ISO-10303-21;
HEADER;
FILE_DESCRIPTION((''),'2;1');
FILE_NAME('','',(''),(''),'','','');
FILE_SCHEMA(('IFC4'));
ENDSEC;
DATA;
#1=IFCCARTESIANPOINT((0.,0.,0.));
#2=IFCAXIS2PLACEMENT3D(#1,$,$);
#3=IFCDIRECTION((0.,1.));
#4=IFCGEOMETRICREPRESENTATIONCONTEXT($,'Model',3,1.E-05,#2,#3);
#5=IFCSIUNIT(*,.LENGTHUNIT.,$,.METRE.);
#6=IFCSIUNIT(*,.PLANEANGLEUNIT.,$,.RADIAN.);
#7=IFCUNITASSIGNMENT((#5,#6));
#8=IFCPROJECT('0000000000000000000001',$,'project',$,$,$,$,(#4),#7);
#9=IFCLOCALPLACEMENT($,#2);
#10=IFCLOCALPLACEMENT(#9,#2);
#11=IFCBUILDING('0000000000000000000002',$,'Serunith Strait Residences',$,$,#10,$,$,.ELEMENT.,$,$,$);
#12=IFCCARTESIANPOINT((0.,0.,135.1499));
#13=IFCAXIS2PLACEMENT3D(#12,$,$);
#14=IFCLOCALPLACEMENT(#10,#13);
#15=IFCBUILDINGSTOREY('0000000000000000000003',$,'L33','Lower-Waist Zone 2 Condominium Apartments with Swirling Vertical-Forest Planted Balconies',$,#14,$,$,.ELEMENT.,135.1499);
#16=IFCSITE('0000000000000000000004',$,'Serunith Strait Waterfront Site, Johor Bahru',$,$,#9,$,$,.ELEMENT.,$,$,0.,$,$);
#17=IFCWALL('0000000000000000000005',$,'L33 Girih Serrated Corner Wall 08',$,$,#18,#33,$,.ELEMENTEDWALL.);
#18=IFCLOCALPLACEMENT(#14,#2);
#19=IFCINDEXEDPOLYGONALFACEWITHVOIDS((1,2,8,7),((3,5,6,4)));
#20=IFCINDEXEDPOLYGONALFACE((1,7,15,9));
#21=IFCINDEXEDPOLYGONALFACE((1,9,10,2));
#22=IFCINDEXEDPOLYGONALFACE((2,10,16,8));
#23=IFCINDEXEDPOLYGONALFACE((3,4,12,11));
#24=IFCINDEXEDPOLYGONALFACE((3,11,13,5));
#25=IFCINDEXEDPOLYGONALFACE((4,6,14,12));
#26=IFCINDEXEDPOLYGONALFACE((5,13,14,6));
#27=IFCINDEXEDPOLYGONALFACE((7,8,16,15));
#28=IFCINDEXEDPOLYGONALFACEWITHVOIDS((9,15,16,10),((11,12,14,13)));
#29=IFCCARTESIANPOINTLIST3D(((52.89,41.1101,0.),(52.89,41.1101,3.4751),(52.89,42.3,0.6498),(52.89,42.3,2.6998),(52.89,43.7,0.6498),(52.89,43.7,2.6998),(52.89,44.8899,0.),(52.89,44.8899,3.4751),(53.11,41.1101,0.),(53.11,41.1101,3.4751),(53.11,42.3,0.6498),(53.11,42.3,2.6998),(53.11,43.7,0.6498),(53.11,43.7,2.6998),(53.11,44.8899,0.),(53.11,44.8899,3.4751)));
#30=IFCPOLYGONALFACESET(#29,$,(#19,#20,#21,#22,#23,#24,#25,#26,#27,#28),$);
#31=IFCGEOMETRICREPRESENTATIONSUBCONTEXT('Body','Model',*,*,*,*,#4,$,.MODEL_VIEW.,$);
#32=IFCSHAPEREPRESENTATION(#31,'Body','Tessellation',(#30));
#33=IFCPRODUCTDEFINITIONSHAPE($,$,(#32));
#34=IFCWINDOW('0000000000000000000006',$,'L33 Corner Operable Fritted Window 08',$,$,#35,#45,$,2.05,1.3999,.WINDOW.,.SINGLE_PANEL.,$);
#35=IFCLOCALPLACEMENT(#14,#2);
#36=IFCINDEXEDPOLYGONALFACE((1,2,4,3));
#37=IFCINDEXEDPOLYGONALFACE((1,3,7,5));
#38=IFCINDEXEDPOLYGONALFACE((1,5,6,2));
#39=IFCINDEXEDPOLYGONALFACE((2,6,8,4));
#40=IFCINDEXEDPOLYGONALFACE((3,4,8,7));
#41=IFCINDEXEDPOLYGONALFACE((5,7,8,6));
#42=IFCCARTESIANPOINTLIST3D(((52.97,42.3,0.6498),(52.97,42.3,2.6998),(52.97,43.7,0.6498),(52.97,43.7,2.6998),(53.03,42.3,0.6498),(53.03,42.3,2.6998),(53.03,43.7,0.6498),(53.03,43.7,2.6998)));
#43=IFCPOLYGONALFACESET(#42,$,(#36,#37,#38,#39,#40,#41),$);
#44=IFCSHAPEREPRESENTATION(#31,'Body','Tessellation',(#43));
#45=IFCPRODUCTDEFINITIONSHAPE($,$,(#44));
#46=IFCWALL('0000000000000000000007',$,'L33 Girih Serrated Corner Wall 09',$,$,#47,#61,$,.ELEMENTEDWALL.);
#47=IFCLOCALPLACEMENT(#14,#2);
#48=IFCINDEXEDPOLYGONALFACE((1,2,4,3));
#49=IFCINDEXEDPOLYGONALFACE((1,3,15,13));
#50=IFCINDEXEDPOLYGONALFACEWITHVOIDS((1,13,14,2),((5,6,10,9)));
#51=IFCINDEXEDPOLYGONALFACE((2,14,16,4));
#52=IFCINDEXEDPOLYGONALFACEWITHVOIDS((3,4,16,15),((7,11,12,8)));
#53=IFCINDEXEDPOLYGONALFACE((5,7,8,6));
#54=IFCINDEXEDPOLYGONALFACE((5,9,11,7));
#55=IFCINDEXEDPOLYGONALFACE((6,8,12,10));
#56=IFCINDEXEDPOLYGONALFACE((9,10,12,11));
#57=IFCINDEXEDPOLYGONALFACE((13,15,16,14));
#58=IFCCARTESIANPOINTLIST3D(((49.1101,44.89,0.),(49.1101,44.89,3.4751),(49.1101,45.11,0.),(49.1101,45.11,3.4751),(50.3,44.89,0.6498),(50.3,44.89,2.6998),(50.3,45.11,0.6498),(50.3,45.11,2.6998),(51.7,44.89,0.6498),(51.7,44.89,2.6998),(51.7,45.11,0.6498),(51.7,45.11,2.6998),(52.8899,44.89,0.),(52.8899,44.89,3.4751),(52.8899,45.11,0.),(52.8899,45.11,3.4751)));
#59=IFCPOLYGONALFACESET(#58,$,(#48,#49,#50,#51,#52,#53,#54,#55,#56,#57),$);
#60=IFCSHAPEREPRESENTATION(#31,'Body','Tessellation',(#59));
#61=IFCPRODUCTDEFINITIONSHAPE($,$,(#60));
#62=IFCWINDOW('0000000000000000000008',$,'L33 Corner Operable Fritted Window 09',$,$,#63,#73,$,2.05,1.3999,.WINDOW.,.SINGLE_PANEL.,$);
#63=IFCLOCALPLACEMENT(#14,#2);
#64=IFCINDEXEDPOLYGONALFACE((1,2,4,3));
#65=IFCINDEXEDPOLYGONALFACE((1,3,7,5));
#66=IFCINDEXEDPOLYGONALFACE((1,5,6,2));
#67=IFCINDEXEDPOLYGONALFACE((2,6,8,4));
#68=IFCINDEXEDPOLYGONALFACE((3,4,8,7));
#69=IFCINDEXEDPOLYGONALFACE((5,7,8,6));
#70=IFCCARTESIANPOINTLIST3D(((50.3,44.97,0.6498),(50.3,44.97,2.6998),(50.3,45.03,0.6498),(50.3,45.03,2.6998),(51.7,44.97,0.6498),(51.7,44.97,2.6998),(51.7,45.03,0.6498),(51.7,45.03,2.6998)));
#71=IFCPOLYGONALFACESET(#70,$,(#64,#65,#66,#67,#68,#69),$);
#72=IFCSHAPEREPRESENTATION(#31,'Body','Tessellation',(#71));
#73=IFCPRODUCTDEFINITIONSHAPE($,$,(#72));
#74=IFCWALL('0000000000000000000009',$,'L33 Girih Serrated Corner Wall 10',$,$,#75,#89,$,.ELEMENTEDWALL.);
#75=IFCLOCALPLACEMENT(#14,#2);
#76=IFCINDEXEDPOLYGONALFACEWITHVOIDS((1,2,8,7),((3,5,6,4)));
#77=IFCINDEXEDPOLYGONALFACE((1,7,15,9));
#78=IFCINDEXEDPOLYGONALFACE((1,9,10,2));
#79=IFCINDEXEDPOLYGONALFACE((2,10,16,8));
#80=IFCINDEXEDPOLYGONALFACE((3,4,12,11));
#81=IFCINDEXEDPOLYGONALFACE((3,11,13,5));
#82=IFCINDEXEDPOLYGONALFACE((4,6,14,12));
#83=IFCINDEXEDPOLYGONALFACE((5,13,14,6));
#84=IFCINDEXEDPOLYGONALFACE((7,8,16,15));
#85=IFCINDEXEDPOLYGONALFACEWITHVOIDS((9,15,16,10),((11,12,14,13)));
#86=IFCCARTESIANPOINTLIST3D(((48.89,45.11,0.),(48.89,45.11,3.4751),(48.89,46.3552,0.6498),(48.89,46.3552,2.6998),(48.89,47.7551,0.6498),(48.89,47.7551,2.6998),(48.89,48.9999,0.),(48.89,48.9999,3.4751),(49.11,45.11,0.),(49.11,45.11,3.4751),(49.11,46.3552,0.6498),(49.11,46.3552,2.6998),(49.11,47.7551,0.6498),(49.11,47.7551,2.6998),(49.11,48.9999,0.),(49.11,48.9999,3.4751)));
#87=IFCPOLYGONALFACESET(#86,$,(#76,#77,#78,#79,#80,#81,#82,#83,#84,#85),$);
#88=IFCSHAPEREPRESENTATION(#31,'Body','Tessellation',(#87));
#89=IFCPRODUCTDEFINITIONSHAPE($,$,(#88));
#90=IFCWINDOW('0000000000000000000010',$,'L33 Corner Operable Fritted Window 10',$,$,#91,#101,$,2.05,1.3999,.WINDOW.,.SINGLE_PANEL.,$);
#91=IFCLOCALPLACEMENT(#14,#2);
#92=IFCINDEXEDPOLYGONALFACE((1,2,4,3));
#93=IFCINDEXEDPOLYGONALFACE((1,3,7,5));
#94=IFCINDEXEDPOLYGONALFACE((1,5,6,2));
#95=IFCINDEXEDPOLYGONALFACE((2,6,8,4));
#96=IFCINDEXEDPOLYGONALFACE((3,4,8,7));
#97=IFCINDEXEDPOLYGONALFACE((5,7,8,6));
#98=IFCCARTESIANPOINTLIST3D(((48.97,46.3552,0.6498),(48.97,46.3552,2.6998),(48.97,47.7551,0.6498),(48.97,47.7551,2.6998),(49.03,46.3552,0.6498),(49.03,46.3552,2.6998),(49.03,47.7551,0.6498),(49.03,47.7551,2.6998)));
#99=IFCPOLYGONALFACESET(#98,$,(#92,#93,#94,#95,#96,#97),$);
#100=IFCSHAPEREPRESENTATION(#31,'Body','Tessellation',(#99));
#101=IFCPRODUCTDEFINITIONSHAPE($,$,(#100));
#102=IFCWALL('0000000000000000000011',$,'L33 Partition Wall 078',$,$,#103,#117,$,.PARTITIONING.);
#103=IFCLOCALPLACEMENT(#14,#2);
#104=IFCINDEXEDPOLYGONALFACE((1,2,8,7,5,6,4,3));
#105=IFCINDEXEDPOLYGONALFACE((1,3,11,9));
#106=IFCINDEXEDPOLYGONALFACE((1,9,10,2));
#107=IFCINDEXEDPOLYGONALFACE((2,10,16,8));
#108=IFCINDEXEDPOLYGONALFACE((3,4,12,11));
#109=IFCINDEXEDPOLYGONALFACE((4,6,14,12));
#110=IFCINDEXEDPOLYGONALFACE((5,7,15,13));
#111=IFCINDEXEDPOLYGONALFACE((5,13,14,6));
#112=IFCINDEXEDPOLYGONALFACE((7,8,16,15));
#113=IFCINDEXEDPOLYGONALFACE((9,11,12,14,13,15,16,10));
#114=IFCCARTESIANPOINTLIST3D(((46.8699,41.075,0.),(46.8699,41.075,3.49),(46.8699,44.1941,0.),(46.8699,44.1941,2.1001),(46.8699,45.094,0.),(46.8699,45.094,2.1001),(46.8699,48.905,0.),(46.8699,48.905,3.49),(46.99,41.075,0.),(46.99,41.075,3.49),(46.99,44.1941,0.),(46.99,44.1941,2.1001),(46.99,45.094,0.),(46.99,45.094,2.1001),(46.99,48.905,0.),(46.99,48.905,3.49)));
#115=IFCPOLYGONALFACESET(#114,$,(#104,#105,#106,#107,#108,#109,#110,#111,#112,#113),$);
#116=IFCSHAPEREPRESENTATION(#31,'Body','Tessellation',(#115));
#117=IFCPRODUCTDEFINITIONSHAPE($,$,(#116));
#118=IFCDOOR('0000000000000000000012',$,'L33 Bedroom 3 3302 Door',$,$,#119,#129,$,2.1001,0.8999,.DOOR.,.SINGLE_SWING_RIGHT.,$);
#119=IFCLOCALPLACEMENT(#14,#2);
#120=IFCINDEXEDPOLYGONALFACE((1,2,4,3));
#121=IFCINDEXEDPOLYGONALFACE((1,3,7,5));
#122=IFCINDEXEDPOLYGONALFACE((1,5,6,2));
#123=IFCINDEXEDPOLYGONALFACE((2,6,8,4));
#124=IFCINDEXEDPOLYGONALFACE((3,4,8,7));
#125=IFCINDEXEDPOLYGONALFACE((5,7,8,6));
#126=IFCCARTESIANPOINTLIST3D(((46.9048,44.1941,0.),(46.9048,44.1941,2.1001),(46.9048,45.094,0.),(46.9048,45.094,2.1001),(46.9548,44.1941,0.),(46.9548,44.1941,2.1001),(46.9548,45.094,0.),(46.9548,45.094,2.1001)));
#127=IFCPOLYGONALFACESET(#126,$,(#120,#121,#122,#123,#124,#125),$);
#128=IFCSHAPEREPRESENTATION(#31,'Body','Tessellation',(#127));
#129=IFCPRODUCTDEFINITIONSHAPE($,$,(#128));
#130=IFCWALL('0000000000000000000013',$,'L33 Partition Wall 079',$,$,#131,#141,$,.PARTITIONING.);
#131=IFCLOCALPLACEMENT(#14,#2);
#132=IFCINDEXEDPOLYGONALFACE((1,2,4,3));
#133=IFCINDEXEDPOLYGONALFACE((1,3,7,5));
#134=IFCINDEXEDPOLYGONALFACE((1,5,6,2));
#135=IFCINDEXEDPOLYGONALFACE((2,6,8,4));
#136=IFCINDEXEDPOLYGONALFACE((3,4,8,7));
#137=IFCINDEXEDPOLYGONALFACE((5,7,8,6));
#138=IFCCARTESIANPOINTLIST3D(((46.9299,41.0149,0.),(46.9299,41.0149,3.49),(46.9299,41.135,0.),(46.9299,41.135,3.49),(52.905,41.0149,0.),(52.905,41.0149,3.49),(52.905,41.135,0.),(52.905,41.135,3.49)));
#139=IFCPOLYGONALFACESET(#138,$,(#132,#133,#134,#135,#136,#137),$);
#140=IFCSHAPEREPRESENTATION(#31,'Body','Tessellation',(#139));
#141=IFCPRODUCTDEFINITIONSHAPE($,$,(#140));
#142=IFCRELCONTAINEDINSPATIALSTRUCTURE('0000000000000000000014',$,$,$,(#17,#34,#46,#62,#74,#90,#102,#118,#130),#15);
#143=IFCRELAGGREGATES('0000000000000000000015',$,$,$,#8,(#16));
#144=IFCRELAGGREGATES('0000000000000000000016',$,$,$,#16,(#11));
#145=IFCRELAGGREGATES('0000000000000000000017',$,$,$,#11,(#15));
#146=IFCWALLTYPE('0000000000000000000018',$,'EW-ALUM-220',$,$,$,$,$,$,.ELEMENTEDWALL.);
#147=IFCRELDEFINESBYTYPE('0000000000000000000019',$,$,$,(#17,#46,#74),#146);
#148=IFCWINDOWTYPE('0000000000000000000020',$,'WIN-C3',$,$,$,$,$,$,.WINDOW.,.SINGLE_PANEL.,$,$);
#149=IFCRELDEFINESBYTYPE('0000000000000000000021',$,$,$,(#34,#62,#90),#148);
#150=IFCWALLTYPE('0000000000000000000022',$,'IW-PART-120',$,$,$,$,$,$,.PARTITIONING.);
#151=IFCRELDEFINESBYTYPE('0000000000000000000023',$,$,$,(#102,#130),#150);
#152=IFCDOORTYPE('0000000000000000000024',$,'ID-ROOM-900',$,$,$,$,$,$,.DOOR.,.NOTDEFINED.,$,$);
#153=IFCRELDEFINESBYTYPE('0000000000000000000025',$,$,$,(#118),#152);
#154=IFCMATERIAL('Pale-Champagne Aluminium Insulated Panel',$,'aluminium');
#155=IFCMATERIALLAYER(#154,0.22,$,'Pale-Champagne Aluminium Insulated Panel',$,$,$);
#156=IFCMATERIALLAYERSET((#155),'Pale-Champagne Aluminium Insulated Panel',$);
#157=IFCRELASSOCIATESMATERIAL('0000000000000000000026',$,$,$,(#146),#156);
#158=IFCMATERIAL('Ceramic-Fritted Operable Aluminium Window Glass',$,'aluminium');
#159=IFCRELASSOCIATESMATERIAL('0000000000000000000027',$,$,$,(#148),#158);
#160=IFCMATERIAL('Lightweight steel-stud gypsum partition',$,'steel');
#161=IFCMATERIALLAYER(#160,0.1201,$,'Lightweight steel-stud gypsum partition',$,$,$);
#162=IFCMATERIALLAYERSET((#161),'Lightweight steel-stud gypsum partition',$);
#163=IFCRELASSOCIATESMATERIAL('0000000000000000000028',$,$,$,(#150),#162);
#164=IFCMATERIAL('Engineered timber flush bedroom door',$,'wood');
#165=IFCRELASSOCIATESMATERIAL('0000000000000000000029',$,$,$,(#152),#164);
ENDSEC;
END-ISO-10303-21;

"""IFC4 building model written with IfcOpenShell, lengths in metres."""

from ifc_helpers import new_model, si_unit, direction, frame, frame_2d, origin, place, context, subcontext, project, spatial, rectangle, extrude, source, transform, mapped, material, layer, layer_set, type_object, element, fill, save


model = new_model("IFC4")

# Units and contexts
model_context = context("Model", 3, precision=1e-05, world=origin(), true_north=direction((0.0, 1.0)))
body_context = subcontext(model_context, "Body", "Model", "MODEL_VIEW")
ifc_project = project(units=[si_unit("LENGTHUNIT", "METRE"), si_unit("PLANEANGLEUNIT", "RADIAN")], contexts=[model_context])

# Site, building, storey
site_placement = place(None, origin())
site = spatial("IfcSite", under=ifc_project, at=site_placement, Name="Serunith Strait Waterfront Site, Johor Bahru", CompositionType="ELEMENT", RefElevation=0.0)
building_placement = place(site_placement, origin())
building = spatial("IfcBuilding", under=site, at=building_placement, Name="Serunith Strait Residences", CompositionType="ELEMENT")
storey_placement = place(building_placement, frame((0.0, 0.0, 135.1499)))
storey = spatial("IfcBuildingStorey", under=building, at=storey_placement, Name="L33", Description="Lower-Waist Zone 2 Condominium Apartments with Swirling Vertical-Forest Planted Balconies", CompositionType="ELEMENT", Elevation=135.1499)

# Walls, openings, windows
ifc_material_1 = material(Name="Pale-Champagne Aluminium Insulated Panel", Category="aluminium")
ifc_layer_1 = layer(ifc_material_1, 0.22, Name="Pale-Champagne Aluminium Insulated Panel")
ifc_layer_set_1 = layer_set([ifc_layer_1], Name="Pale-Champagne Aluminium Insulated Panel")
wall_type_1 = type_object("IfcWallType", Name="EW-ALUM-220", PredefinedType="ELEMENTEDWALL", material=ifc_layer_set_1)
ifc_material_2 = material(Name="Ceramic-Fritted Operable Aluminium Window Glass", Category="aluminium")
window_type = type_object("IfcWindowType", Name="WIN-C3", PartitioningType="SINGLE_PANEL", PredefinedType="WINDOW", material=ifc_material_2)
shared_shape_1 = source(origin(), body_context, "Body", "SweptSolid", [
    extrude(rectangle(XDim=1.3999, YDim=2.05, at=frame_2d((0.7, 1.0249))), frame((0.0, 0.03, 0.0), z_axis=(0.0, -1.0, 0.0), x_axis=(1.0, 0.0, 0.0)), (0.0, 0.0, 1.0), 0.0601),
])
wall_1_placement = place(storey_placement, frame((53.0, 41.1101, 0.0), z_axis=(0.0, 0.0, 1.0), x_axis=(0.0, 1.0, 0.0)))
wall_1 = element("IfcWall", 1, at=wall_1_placement, inside=storey, type_object=wall_type_1, Name="L33 Girih Serrated Corner Wall 08", PredefinedType="ELEMENTEDWALL", context=body_context, shape_type="SweptSolid", body=[
    extrude(rectangle(XDim=3.7798, YDim=0.22, at=frame_2d((1.8899, 0.0))), origin(), (0.0, 0.0, 1.0), 3.4751),
])
opening_1_placement = place(wall_1_placement, frame((1.1899, 0.0, 0.6499)))
opening_1 = element("IfcOpeningElement", 2, at=opening_1_placement, cuts=wall_1, PredefinedType="OPENING", context=body_context, shape_type="SweptSolid", body=[
    extrude(rectangle(XDim=1.3999, YDim=2.05, at=frame_2d((0.7, 1.0249))), frame((0.0, 0.1201, 0.0), z_axis=(0.0, -1.0, 0.0), x_axis=(1.0, 0.0, 0.0)), (0.0, 0.0, 1.0), 0.24),
])
window_1_placement = place(opening_1_placement, origin())
window_1 = element("IfcWindow", 3, at=window_1_placement, inside=storey, type_object=window_type, Name="L33 Corner Operable Fritted Window 08", OverallHeight=2.05, OverallWidth=1.3999, PartitioningType="SINGLE_PANEL", PredefinedType="WINDOW", context=body_context, shape_type="MappedRepresentation", body=[
    mapped(shared_shape_1, transform((0.0, 0.0, 0.0), scale=1.0)),
])
fill(opening_1, window_1)
wall_2_placement = place(storey_placement, frame((52.8899, 45.0, 0.0), z_axis=(0.0, 0.0, 1.0), x_axis=(-1.0, 0.0, 0.0)))
wall_2 = element("IfcWall", 4, at=wall_2_placement, inside=storey, type_object=wall_type_1, Name="L33 Girih Serrated Corner Wall 09", PredefinedType="ELEMENTEDWALL", context=body_context, shape_type="SweptSolid", body=[
    extrude(rectangle(XDim=3.7798, YDim=0.22, at=frame_2d((1.8899, 0.0))), origin(), (0.0, 0.0, 1.0), 3.4751),
])
opening_2_placement = place(wall_2_placement, frame((1.1899, 0.0, 0.6499)))
opening_2 = element("IfcOpeningElement", 5, at=opening_2_placement, cuts=wall_2, PredefinedType="OPENING", context=body_context, shape_type="SweptSolid", body=[
    extrude(rectangle(XDim=1.3999, YDim=2.05, at=frame_2d((0.7, 1.0249))), frame((0.0, 0.1201, 0.0), z_axis=(0.0, -1.0, 0.0), x_axis=(1.0, 0.0, 0.0)), (0.0, 0.0, 1.0), 0.24),
])
window_2_placement = place(opening_2_placement, origin())
window_2 = element("IfcWindow", 6, at=window_2_placement, inside=storey, type_object=window_type, Name="L33 Corner Operable Fritted Window 09", OverallHeight=2.05, OverallWidth=1.3999, PartitioningType="SINGLE_PANEL", PredefinedType="WINDOW", context=body_context, shape_type="MappedRepresentation", body=[
    mapped(shared_shape_1, transform((0.0, 0.0, 0.0), scale=1.0)),
])
fill(opening_2, window_2)
wall_3_placement = place(storey_placement, frame((49.0, 45.1101, 0.0), z_axis=(0.0, 0.0, 1.0), x_axis=(0.0, 1.0, 0.0)))
wall_3 = element("IfcWall", 7, at=wall_3_placement, inside=storey, type_object=wall_type_1, Name="L33 Girih Serrated Corner Wall 10", PredefinedType="ELEMENTEDWALL", context=body_context, shape_type="SweptSolid", body=[
    extrude(rectangle(XDim=3.8899, YDim=0.22, at=frame_2d((1.9448, 0.0))), origin(), (0.0, 0.0, 1.0), 3.4751),
])
opening_3_placement = place(wall_3_placement, frame((1.2451, 0.0, 0.6499)))
opening_3 = element("IfcOpeningElement", 8, at=opening_3_placement, cuts=wall_3, PredefinedType="OPENING", context=body_context, shape_type="SweptSolid", body=[
    extrude(rectangle(XDim=1.3999, YDim=2.05, at=frame_2d((0.7, 1.0249))), frame((0.0, 0.1201, 0.0), z_axis=(0.0, -1.0, 0.0), x_axis=(1.0, 0.0, 0.0)), (0.0, 0.0, 1.0), 0.24),
])
window_3_placement = place(opening_3_placement, origin())
window_3 = element("IfcWindow", 9, at=window_3_placement, inside=storey, type_object=window_type, Name="L33 Corner Operable Fritted Window 10", OverallHeight=2.05, OverallWidth=1.3999, PartitioningType="SINGLE_PANEL", PredefinedType="WINDOW", context=body_context, shape_type="MappedRepresentation", body=[
    mapped(shared_shape_1, transform((0.0, 0.0, 0.0), scale=1.0)),
])
fill(opening_3, window_3)

# Wall, opening, door
ifc_material_3 = material(Name="Lightweight steel-stud gypsum partition", Category="steel")
ifc_layer_2 = layer(ifc_material_3, 0.1201, Name="Lightweight steel-stud gypsum partition")
ifc_layer_set_2 = layer_set([ifc_layer_2], Name="Lightweight steel-stud gypsum partition")
wall_type_2 = type_object("IfcWallType", Name="IW-PART-120", PredefinedType="PARTITIONING", material=ifc_layer_set_2)
wall_4_placement = place(storey_placement, frame((46.9299, 48.905, 0.0), z_axis=(0.0, 0.0, 1.0), x_axis=(0.0, -1.0, 0.0)))
wall_4 = element("IfcWall", 10, at=wall_4_placement, inside=storey, type_object=wall_type_2, Name="L33 Partition Wall 078", PredefinedType="PARTITIONING", context=body_context, shape_type="SweptSolid", body=[
    extrude(rectangle(XDim=7.8301, YDim=0.1201, at=frame_2d((3.915, 0.0))), origin(), (0.0, 0.0, 1.0), 3.49),
])
opening_4_placement = place(wall_4_placement, frame((3.811, 0.0, 0.0)))
opening_4 = element("IfcOpeningElement", 11, at=opening_4_placement, cuts=wall_4, PredefinedType="OPENING", context=body_context, shape_type="SweptSolid", body=[
    extrude(rectangle(XDim=0.8999, YDim=2.1001, at=frame_2d((0.45, 1.05))), frame((0.0, 0.0701, 0.0), z_axis=(0.0, -1.0, 0.0), x_axis=(1.0, 0.0, 0.0)), (0.0, 0.0, 1.0), 0.1401),
])
ifc_material_4 = material(Name="Engineered timber flush bedroom door", Category="wood")
door_type_1 = type_object("IfcDoorType", Name="ID-ROOM-900", OperationType="NOTDEFINED", PredefinedType="DOOR", material=ifc_material_4)
shared_shape_2 = source(origin(), body_context, "Body", "SweptSolid", [
    extrude(rectangle(XDim=0.8999, YDim=2.1001, at=frame_2d((0.45, 1.05))), frame((0.0, 0.0249, 0.0), z_axis=(0.0, -1.0, 0.0), x_axis=(1.0, 0.0, 0.0)), (0.0, 0.0, 1.0), 0.05),
])
door_1_placement = place(opening_4_placement, origin())
door_1 = element("IfcDoor", 12, at=door_1_placement, inside=storey, type_object=door_type_1, Name="L33 Bedroom 3 3302 Door", OperationType="SINGLE_SWING_RIGHT", OverallHeight=2.1001, OverallWidth=0.8999, PredefinedType="DOOR", context=body_context, shape_type="MappedRepresentation", body=[
    mapped(shared_shape_2, transform((0.0, 0.0, 0.0), scale=1.0)),
])
fill(opening_4, door_1)

# Wall
wall_5_placement = place(storey_placement, frame((46.9299, 41.075, 0.0), z_axis=(0.0, 0.0, 1.0), x_axis=(1.0, 0.0, 0.0)))
element("IfcWall", 13, at=wall_5_placement, inside=storey, type_object=wall_type_2, Name="L33 Partition Wall 079", PredefinedType="PARTITIONING", context=body_context, shape_type="SweptSolid", body=[
    extrude(rectangle(XDim=5.9751, YDim=0.1201, at=frame_2d((2.9875, 0.0))), origin(), (0.0, 0.0, 1.0), 3.49),
])

save(model, "model.ifc")
